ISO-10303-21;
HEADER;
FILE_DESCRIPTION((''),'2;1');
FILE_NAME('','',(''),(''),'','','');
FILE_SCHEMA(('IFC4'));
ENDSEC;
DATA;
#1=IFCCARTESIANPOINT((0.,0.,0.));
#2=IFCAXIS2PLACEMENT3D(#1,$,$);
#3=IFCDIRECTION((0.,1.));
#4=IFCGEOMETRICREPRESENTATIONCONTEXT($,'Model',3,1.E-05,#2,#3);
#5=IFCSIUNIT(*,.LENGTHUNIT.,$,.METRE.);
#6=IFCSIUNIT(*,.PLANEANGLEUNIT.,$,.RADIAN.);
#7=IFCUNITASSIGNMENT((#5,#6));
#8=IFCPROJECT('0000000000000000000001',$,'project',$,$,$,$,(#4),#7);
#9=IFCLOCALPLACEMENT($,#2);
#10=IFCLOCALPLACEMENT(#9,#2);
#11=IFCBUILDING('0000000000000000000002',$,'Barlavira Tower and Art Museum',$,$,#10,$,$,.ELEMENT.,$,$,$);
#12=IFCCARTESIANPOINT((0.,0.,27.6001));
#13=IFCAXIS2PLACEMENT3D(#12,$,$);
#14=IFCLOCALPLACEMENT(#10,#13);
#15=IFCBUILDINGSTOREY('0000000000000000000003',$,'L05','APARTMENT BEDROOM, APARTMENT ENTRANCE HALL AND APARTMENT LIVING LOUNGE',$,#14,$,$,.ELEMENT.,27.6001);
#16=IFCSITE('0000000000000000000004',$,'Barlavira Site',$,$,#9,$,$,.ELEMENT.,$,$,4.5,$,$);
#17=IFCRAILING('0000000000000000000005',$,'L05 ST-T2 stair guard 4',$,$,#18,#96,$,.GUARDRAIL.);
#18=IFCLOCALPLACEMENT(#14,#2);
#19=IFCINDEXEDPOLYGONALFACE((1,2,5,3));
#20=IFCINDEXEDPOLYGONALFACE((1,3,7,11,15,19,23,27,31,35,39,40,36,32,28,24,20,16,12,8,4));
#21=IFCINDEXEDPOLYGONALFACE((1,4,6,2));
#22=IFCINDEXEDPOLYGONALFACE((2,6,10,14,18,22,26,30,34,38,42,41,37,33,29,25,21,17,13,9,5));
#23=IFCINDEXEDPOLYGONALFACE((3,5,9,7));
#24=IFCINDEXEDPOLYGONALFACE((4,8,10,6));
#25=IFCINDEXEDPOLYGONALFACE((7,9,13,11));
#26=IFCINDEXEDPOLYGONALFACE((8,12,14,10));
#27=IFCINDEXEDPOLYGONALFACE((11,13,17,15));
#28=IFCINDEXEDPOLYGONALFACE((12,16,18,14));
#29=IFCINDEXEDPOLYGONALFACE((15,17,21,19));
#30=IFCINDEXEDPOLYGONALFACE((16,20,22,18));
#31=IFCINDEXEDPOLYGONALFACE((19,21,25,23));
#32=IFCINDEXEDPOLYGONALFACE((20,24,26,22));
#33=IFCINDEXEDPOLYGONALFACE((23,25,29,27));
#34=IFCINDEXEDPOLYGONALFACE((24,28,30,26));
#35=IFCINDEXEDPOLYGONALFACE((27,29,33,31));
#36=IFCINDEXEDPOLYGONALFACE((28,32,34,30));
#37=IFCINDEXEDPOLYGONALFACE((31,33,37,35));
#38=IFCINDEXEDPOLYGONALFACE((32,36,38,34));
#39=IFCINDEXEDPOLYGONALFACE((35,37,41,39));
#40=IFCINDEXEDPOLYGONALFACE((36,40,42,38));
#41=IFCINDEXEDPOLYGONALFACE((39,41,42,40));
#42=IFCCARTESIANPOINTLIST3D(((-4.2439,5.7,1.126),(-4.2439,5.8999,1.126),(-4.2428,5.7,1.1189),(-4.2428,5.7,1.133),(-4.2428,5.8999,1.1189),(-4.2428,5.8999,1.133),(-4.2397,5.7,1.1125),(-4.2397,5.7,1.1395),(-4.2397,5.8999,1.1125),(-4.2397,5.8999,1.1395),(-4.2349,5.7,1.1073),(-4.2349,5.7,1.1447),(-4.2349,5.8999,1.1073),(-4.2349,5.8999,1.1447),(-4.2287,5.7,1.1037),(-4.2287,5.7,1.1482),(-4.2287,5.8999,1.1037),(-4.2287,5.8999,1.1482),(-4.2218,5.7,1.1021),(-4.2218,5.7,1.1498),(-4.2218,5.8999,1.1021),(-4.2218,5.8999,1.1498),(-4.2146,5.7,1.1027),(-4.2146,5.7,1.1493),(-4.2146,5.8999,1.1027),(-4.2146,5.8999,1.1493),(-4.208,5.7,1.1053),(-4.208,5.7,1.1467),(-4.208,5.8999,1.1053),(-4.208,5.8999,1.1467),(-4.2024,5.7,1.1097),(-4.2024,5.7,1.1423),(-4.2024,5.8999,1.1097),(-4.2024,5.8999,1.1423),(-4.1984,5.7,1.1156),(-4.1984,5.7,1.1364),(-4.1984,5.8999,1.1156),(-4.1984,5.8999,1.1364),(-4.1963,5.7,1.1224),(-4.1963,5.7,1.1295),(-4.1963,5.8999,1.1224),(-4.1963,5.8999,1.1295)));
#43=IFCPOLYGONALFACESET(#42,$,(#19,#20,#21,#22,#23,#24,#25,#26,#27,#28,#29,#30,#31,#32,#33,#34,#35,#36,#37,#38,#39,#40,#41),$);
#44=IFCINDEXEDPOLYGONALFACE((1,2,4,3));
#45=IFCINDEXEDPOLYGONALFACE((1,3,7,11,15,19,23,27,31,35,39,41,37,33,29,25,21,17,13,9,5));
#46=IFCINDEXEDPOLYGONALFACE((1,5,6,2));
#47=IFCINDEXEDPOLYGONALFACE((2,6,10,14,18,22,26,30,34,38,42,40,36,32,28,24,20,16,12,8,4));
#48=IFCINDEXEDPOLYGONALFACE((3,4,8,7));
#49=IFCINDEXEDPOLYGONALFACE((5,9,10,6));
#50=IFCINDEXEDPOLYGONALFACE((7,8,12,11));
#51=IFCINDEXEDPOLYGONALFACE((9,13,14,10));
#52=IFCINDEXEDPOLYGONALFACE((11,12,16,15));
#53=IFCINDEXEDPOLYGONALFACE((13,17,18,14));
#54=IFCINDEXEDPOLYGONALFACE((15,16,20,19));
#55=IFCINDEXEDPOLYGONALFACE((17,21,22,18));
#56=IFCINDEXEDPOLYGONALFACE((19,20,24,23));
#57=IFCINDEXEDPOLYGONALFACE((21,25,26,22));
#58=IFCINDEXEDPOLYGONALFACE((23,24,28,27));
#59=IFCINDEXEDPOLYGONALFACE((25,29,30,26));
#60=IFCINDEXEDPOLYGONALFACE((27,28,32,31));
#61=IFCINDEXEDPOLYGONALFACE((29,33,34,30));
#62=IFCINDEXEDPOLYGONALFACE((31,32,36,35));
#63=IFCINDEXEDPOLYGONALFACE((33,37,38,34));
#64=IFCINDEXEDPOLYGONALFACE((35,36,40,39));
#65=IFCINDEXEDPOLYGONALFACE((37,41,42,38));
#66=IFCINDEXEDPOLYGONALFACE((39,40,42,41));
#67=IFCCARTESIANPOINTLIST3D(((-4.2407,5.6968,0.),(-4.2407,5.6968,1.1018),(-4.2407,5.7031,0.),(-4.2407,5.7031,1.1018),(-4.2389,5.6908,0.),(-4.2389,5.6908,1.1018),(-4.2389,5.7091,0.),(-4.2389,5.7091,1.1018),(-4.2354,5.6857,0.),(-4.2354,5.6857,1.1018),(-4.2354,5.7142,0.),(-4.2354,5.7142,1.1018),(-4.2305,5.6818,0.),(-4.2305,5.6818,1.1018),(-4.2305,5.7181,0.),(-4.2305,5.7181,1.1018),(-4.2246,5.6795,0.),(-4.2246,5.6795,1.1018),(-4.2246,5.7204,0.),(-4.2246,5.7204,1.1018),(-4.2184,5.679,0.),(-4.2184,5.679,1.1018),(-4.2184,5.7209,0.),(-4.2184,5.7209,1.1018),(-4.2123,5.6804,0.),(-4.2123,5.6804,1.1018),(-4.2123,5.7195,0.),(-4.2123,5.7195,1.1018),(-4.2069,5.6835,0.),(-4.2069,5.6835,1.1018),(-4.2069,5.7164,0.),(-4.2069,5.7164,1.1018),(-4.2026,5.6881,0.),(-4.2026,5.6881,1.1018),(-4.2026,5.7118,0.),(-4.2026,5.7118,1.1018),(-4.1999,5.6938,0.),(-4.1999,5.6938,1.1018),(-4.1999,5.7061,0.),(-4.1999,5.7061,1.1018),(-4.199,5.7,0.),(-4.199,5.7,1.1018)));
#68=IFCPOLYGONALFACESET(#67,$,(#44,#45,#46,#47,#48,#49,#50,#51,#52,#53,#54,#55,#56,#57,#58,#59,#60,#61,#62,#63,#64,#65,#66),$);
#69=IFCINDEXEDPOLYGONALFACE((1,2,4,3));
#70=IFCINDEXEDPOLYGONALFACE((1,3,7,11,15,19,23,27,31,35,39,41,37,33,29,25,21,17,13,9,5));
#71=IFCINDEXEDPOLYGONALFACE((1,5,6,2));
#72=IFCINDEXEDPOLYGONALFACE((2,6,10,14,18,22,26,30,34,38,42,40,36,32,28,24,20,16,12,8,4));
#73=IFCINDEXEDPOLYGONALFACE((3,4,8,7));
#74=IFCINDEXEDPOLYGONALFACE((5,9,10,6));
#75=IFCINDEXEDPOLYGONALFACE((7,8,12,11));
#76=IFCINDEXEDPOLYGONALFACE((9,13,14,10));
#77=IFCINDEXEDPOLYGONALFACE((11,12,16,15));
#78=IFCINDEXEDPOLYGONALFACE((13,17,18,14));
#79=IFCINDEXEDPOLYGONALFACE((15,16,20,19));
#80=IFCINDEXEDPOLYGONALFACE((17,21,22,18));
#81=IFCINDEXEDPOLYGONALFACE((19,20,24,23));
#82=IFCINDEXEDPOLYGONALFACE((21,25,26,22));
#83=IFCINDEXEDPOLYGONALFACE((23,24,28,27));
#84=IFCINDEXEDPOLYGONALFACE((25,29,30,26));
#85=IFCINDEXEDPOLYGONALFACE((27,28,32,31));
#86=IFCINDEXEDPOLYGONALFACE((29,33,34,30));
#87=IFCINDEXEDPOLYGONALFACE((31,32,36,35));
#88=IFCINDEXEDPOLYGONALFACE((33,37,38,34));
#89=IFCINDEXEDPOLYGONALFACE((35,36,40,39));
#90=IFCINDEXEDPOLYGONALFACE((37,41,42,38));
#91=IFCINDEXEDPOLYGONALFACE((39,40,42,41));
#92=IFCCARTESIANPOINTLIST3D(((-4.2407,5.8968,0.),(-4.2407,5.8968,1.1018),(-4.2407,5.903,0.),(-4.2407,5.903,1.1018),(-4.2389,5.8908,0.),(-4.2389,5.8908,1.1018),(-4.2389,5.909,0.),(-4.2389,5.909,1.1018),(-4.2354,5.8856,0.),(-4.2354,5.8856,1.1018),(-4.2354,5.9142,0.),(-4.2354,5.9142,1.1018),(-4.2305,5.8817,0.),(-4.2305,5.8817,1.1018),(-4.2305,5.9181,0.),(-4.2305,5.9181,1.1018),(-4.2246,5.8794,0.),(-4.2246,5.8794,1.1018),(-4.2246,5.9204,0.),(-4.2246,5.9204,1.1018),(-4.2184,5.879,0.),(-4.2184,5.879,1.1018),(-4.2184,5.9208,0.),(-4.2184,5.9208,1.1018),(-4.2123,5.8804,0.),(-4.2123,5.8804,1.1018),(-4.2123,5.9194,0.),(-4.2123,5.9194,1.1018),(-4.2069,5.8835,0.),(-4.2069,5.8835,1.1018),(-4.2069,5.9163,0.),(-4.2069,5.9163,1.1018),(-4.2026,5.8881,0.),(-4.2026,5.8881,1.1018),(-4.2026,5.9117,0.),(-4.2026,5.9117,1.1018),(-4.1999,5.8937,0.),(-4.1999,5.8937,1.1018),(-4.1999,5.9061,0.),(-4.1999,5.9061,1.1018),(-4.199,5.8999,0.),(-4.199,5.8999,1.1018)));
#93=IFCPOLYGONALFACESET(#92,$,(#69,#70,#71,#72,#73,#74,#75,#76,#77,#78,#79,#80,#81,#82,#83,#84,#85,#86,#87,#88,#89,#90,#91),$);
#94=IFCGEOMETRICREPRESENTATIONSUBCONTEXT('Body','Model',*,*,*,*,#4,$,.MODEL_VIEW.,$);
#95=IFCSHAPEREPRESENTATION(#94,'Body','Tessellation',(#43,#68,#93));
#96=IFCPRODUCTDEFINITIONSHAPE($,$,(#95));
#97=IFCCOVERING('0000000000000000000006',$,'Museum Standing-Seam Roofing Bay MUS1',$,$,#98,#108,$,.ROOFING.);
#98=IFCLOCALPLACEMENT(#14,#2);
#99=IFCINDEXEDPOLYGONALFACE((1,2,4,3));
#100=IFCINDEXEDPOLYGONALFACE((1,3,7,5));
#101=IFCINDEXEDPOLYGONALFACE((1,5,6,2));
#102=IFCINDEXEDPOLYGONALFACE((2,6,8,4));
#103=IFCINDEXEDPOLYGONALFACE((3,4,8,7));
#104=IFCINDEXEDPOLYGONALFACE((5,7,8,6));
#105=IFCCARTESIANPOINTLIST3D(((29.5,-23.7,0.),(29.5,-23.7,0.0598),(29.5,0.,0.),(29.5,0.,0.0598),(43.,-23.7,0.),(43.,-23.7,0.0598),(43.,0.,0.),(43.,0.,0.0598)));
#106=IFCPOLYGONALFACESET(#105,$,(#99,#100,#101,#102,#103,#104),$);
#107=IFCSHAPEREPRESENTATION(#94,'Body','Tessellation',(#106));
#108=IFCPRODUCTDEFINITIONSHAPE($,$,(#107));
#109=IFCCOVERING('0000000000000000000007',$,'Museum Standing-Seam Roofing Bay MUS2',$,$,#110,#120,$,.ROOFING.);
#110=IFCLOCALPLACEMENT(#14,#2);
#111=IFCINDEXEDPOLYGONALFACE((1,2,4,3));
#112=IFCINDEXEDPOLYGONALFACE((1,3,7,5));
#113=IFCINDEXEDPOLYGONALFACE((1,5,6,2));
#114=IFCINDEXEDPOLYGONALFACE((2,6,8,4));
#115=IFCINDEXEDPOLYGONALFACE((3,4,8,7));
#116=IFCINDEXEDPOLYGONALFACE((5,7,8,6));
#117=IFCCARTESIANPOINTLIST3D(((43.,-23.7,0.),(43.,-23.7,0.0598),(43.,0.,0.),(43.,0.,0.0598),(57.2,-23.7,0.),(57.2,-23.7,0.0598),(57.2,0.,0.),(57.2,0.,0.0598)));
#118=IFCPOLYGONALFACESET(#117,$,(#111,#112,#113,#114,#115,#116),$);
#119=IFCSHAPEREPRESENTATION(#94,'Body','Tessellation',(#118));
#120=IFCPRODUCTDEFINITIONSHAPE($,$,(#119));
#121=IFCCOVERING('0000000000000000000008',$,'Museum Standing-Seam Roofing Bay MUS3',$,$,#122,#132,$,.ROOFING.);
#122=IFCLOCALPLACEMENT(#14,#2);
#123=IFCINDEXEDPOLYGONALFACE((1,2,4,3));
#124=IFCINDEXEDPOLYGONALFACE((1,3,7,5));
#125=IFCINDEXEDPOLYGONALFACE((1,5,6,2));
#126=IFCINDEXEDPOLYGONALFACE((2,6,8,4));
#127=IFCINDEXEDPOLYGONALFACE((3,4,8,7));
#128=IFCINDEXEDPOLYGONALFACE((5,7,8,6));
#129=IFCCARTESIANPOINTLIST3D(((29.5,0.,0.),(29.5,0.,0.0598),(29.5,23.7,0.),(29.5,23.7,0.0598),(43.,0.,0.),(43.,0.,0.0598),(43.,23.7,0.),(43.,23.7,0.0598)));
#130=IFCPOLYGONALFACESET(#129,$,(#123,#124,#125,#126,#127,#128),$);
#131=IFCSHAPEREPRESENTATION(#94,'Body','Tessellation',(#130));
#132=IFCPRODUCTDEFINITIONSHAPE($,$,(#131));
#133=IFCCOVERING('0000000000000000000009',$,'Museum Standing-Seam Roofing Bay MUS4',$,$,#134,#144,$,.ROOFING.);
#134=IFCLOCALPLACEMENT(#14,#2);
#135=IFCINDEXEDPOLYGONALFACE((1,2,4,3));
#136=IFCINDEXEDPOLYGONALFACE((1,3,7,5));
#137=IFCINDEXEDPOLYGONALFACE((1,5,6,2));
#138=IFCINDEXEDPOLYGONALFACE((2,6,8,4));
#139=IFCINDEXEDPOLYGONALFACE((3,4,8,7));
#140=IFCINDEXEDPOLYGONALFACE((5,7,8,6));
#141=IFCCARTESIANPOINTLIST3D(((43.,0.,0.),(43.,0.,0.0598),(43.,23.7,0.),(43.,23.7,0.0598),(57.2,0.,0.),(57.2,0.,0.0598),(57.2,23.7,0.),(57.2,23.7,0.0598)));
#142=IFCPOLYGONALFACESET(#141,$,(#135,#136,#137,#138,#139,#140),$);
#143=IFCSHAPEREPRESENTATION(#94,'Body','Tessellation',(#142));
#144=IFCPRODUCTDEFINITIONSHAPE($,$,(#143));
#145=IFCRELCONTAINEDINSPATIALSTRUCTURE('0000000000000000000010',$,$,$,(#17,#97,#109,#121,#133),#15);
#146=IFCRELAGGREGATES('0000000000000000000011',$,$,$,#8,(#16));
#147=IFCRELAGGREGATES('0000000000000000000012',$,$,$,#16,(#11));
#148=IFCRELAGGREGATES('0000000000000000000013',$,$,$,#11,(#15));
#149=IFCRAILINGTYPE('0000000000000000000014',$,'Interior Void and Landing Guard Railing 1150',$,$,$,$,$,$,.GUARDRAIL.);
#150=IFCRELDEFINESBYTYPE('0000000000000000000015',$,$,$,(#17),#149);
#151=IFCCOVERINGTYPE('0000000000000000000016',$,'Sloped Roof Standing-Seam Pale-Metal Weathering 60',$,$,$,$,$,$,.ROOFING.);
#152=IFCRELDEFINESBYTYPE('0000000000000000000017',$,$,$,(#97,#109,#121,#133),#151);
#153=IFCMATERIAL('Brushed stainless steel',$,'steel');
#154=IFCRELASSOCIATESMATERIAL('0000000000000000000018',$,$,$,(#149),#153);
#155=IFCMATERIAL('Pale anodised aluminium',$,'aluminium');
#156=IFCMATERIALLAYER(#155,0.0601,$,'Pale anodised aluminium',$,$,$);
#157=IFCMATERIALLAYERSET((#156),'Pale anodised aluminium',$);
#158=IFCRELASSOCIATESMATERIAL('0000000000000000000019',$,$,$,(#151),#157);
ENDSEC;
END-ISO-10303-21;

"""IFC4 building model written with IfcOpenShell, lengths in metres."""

from ifc_helpers import new_model, si_unit, direction, frame, origin, origin_2d, place, context, subcontext, project, spatial, polyline, circle, outline, extrude, material, layer, layer_set, type_object, element, save


model = new_model("IFC4")

# Units and contexts
model_context = context("Model", 3, precision=1e-05, world=origin(), true_north=direction((0.0, 1.0)))
body_context = subcontext(model_context, "Body", "Model", "MODEL_VIEW")
ifc_project = project(units=[si_unit("LENGTHUNIT", "METRE"), si_unit("PLANEANGLEUNIT", "RADIAN")], contexts=[model_context])

# Site, building, storey
site_placement = place(None, origin())
site = spatial("IfcSite", under=ifc_project, at=site_placement, Name="Barlavira Site", CompositionType="ELEMENT", RefElevation=4.5)
building_placement = place(site_placement, origin())
building = spatial("IfcBuilding", under=site, at=building_placement, Name="Barlavira Tower and Art Museum", CompositionType="ELEMENT")
storey_placement = place(building_placement, frame((0.0, 0.0, 27.6001)))
storey = spatial("IfcBuildingStorey", under=building, at=storey_placement, Name="L05", Description="APARTMENT BEDROOM, APARTMENT ENTRANCE HALL AND APARTMENT LIVING LOUNGE", CompositionType="ELEMENT", Elevation=27.6001)

# Shared definitions
ifc_material_1 = material(Name="Brushed stainless steel", Category="steel")

# Railing
railing_type_1 = type_object("IfcRailingType", Name="Interior Void and Landing Guard Railing 1150", PredefinedType="GUARDRAIL", material=ifc_material_1)
railing_1_placement = place(storey_placement, frame((-4.22, 5.7, 0.0)))
element("IfcRailing", 1, at=railing_1_placement, inside=storey, type_object=railing_type_1, Name="L05 ST-T2 stair guard 4", PredefinedType="GUARDRAIL", context=body_context, shape_type="SweptSolid", body=[
    extrude(circle(Radius=0.0239, at=origin_2d()), frame((0.0, 0.0, 1.126), z_axis=(0.0, 1.0, 0.0), x_axis=(-1.0, 0.0, 0.0)), (0.0, 0.0, 1.0), 0.2),
    extrude(circle(Radius=0.021, at=origin_2d()), origin(), (0.0, 0.0, 1.0), 1.1018),
    extrude(circle(Radius=0.021, at=origin_2d()), frame((0.0, 0.2, 0.0)), (0.0, 0.0, 1.0), 1.1018),
])

# Coverings
ifc_material_2 = material(Name="Pale anodised aluminium", Category="aluminium")
ifc_layer_1 = layer(ifc_material_2, 0.0601, Name="Pale anodised aluminium")
ifc_layer_set_1 = layer_set([ifc_layer_1], Name="Pale anodised aluminium")
covering_type = type_object("IfcCoveringType", Name="Sloped Roof Standing-Seam Pale-Metal Weathering 60", PredefinedType="ROOFING", material=ifc_layer_set_1)
covering_1_placement = place(storey_placement, origin())
element("IfcCovering", 2, at=covering_1_placement, inside=storey, type_object=covering_type, Name="Museum Standing-Seam Roofing Bay MUS1", PredefinedType="ROOFING", context=body_context, shape_type="SweptSolid", body=[
    extrude(outline(polyline([(29.5, -23.7), (43.0, -23.7), (43.0, 0.0), (29.5, 0.0), (29.5, -23.7)])), origin(), (0.0, 0.0, 1.0), 0.0598),
])
covering_2_placement = place(storey_placement, origin())
element("IfcCovering", 3, at=covering_2_placement, inside=storey, type_object=covering_type, Name="Museum Standing-Seam Roofing Bay MUS2", PredefinedType="ROOFING", context=body_context, shape_type="SweptSolid", body=[
    extrude(outline(polyline([(43.0, -23.7), (57.2, -23.7), (57.2, 0.0), (43.0, 0.0), (43.0, -23.7)])), origin(), (0.0, 0.0, 1.0), 0.0598),
])
covering_3_placement = place(storey_placement, origin())
element("IfcCovering", 4, at=covering_3_placement, inside=storey, type_object=covering_type, Name="Museum Standing-Seam Roofing Bay MUS3", PredefinedType="ROOFING", context=body_context, shape_type="SweptSolid", body=[
    extrude(outline(polyline([(29.5, 0.0), (43.0, 0.0), (43.0, 23.7), (29.5, 23.7), (29.5, 0.0)])), origin(), (0.0, 0.0, 1.0), 0.0598),
])
covering_4_placement = place(storey_placement, origin())
element("IfcCovering", 5, at=covering_4_placement, inside=storey, type_object=covering_type, Name="Museum Standing-Seam Roofing Bay MUS4", PredefinedType="ROOFING", context=body_context, shape_type="SweptSolid", body=[
    extrude(outline(polyline([(43.0, 0.0), (57.2, 0.0), (57.2, 23.7), (43.0, 23.7), (43.0, 0.0)])), origin(), (0.0, 0.0, 1.0), 0.0598),
])

save(model, "model.ifc")
